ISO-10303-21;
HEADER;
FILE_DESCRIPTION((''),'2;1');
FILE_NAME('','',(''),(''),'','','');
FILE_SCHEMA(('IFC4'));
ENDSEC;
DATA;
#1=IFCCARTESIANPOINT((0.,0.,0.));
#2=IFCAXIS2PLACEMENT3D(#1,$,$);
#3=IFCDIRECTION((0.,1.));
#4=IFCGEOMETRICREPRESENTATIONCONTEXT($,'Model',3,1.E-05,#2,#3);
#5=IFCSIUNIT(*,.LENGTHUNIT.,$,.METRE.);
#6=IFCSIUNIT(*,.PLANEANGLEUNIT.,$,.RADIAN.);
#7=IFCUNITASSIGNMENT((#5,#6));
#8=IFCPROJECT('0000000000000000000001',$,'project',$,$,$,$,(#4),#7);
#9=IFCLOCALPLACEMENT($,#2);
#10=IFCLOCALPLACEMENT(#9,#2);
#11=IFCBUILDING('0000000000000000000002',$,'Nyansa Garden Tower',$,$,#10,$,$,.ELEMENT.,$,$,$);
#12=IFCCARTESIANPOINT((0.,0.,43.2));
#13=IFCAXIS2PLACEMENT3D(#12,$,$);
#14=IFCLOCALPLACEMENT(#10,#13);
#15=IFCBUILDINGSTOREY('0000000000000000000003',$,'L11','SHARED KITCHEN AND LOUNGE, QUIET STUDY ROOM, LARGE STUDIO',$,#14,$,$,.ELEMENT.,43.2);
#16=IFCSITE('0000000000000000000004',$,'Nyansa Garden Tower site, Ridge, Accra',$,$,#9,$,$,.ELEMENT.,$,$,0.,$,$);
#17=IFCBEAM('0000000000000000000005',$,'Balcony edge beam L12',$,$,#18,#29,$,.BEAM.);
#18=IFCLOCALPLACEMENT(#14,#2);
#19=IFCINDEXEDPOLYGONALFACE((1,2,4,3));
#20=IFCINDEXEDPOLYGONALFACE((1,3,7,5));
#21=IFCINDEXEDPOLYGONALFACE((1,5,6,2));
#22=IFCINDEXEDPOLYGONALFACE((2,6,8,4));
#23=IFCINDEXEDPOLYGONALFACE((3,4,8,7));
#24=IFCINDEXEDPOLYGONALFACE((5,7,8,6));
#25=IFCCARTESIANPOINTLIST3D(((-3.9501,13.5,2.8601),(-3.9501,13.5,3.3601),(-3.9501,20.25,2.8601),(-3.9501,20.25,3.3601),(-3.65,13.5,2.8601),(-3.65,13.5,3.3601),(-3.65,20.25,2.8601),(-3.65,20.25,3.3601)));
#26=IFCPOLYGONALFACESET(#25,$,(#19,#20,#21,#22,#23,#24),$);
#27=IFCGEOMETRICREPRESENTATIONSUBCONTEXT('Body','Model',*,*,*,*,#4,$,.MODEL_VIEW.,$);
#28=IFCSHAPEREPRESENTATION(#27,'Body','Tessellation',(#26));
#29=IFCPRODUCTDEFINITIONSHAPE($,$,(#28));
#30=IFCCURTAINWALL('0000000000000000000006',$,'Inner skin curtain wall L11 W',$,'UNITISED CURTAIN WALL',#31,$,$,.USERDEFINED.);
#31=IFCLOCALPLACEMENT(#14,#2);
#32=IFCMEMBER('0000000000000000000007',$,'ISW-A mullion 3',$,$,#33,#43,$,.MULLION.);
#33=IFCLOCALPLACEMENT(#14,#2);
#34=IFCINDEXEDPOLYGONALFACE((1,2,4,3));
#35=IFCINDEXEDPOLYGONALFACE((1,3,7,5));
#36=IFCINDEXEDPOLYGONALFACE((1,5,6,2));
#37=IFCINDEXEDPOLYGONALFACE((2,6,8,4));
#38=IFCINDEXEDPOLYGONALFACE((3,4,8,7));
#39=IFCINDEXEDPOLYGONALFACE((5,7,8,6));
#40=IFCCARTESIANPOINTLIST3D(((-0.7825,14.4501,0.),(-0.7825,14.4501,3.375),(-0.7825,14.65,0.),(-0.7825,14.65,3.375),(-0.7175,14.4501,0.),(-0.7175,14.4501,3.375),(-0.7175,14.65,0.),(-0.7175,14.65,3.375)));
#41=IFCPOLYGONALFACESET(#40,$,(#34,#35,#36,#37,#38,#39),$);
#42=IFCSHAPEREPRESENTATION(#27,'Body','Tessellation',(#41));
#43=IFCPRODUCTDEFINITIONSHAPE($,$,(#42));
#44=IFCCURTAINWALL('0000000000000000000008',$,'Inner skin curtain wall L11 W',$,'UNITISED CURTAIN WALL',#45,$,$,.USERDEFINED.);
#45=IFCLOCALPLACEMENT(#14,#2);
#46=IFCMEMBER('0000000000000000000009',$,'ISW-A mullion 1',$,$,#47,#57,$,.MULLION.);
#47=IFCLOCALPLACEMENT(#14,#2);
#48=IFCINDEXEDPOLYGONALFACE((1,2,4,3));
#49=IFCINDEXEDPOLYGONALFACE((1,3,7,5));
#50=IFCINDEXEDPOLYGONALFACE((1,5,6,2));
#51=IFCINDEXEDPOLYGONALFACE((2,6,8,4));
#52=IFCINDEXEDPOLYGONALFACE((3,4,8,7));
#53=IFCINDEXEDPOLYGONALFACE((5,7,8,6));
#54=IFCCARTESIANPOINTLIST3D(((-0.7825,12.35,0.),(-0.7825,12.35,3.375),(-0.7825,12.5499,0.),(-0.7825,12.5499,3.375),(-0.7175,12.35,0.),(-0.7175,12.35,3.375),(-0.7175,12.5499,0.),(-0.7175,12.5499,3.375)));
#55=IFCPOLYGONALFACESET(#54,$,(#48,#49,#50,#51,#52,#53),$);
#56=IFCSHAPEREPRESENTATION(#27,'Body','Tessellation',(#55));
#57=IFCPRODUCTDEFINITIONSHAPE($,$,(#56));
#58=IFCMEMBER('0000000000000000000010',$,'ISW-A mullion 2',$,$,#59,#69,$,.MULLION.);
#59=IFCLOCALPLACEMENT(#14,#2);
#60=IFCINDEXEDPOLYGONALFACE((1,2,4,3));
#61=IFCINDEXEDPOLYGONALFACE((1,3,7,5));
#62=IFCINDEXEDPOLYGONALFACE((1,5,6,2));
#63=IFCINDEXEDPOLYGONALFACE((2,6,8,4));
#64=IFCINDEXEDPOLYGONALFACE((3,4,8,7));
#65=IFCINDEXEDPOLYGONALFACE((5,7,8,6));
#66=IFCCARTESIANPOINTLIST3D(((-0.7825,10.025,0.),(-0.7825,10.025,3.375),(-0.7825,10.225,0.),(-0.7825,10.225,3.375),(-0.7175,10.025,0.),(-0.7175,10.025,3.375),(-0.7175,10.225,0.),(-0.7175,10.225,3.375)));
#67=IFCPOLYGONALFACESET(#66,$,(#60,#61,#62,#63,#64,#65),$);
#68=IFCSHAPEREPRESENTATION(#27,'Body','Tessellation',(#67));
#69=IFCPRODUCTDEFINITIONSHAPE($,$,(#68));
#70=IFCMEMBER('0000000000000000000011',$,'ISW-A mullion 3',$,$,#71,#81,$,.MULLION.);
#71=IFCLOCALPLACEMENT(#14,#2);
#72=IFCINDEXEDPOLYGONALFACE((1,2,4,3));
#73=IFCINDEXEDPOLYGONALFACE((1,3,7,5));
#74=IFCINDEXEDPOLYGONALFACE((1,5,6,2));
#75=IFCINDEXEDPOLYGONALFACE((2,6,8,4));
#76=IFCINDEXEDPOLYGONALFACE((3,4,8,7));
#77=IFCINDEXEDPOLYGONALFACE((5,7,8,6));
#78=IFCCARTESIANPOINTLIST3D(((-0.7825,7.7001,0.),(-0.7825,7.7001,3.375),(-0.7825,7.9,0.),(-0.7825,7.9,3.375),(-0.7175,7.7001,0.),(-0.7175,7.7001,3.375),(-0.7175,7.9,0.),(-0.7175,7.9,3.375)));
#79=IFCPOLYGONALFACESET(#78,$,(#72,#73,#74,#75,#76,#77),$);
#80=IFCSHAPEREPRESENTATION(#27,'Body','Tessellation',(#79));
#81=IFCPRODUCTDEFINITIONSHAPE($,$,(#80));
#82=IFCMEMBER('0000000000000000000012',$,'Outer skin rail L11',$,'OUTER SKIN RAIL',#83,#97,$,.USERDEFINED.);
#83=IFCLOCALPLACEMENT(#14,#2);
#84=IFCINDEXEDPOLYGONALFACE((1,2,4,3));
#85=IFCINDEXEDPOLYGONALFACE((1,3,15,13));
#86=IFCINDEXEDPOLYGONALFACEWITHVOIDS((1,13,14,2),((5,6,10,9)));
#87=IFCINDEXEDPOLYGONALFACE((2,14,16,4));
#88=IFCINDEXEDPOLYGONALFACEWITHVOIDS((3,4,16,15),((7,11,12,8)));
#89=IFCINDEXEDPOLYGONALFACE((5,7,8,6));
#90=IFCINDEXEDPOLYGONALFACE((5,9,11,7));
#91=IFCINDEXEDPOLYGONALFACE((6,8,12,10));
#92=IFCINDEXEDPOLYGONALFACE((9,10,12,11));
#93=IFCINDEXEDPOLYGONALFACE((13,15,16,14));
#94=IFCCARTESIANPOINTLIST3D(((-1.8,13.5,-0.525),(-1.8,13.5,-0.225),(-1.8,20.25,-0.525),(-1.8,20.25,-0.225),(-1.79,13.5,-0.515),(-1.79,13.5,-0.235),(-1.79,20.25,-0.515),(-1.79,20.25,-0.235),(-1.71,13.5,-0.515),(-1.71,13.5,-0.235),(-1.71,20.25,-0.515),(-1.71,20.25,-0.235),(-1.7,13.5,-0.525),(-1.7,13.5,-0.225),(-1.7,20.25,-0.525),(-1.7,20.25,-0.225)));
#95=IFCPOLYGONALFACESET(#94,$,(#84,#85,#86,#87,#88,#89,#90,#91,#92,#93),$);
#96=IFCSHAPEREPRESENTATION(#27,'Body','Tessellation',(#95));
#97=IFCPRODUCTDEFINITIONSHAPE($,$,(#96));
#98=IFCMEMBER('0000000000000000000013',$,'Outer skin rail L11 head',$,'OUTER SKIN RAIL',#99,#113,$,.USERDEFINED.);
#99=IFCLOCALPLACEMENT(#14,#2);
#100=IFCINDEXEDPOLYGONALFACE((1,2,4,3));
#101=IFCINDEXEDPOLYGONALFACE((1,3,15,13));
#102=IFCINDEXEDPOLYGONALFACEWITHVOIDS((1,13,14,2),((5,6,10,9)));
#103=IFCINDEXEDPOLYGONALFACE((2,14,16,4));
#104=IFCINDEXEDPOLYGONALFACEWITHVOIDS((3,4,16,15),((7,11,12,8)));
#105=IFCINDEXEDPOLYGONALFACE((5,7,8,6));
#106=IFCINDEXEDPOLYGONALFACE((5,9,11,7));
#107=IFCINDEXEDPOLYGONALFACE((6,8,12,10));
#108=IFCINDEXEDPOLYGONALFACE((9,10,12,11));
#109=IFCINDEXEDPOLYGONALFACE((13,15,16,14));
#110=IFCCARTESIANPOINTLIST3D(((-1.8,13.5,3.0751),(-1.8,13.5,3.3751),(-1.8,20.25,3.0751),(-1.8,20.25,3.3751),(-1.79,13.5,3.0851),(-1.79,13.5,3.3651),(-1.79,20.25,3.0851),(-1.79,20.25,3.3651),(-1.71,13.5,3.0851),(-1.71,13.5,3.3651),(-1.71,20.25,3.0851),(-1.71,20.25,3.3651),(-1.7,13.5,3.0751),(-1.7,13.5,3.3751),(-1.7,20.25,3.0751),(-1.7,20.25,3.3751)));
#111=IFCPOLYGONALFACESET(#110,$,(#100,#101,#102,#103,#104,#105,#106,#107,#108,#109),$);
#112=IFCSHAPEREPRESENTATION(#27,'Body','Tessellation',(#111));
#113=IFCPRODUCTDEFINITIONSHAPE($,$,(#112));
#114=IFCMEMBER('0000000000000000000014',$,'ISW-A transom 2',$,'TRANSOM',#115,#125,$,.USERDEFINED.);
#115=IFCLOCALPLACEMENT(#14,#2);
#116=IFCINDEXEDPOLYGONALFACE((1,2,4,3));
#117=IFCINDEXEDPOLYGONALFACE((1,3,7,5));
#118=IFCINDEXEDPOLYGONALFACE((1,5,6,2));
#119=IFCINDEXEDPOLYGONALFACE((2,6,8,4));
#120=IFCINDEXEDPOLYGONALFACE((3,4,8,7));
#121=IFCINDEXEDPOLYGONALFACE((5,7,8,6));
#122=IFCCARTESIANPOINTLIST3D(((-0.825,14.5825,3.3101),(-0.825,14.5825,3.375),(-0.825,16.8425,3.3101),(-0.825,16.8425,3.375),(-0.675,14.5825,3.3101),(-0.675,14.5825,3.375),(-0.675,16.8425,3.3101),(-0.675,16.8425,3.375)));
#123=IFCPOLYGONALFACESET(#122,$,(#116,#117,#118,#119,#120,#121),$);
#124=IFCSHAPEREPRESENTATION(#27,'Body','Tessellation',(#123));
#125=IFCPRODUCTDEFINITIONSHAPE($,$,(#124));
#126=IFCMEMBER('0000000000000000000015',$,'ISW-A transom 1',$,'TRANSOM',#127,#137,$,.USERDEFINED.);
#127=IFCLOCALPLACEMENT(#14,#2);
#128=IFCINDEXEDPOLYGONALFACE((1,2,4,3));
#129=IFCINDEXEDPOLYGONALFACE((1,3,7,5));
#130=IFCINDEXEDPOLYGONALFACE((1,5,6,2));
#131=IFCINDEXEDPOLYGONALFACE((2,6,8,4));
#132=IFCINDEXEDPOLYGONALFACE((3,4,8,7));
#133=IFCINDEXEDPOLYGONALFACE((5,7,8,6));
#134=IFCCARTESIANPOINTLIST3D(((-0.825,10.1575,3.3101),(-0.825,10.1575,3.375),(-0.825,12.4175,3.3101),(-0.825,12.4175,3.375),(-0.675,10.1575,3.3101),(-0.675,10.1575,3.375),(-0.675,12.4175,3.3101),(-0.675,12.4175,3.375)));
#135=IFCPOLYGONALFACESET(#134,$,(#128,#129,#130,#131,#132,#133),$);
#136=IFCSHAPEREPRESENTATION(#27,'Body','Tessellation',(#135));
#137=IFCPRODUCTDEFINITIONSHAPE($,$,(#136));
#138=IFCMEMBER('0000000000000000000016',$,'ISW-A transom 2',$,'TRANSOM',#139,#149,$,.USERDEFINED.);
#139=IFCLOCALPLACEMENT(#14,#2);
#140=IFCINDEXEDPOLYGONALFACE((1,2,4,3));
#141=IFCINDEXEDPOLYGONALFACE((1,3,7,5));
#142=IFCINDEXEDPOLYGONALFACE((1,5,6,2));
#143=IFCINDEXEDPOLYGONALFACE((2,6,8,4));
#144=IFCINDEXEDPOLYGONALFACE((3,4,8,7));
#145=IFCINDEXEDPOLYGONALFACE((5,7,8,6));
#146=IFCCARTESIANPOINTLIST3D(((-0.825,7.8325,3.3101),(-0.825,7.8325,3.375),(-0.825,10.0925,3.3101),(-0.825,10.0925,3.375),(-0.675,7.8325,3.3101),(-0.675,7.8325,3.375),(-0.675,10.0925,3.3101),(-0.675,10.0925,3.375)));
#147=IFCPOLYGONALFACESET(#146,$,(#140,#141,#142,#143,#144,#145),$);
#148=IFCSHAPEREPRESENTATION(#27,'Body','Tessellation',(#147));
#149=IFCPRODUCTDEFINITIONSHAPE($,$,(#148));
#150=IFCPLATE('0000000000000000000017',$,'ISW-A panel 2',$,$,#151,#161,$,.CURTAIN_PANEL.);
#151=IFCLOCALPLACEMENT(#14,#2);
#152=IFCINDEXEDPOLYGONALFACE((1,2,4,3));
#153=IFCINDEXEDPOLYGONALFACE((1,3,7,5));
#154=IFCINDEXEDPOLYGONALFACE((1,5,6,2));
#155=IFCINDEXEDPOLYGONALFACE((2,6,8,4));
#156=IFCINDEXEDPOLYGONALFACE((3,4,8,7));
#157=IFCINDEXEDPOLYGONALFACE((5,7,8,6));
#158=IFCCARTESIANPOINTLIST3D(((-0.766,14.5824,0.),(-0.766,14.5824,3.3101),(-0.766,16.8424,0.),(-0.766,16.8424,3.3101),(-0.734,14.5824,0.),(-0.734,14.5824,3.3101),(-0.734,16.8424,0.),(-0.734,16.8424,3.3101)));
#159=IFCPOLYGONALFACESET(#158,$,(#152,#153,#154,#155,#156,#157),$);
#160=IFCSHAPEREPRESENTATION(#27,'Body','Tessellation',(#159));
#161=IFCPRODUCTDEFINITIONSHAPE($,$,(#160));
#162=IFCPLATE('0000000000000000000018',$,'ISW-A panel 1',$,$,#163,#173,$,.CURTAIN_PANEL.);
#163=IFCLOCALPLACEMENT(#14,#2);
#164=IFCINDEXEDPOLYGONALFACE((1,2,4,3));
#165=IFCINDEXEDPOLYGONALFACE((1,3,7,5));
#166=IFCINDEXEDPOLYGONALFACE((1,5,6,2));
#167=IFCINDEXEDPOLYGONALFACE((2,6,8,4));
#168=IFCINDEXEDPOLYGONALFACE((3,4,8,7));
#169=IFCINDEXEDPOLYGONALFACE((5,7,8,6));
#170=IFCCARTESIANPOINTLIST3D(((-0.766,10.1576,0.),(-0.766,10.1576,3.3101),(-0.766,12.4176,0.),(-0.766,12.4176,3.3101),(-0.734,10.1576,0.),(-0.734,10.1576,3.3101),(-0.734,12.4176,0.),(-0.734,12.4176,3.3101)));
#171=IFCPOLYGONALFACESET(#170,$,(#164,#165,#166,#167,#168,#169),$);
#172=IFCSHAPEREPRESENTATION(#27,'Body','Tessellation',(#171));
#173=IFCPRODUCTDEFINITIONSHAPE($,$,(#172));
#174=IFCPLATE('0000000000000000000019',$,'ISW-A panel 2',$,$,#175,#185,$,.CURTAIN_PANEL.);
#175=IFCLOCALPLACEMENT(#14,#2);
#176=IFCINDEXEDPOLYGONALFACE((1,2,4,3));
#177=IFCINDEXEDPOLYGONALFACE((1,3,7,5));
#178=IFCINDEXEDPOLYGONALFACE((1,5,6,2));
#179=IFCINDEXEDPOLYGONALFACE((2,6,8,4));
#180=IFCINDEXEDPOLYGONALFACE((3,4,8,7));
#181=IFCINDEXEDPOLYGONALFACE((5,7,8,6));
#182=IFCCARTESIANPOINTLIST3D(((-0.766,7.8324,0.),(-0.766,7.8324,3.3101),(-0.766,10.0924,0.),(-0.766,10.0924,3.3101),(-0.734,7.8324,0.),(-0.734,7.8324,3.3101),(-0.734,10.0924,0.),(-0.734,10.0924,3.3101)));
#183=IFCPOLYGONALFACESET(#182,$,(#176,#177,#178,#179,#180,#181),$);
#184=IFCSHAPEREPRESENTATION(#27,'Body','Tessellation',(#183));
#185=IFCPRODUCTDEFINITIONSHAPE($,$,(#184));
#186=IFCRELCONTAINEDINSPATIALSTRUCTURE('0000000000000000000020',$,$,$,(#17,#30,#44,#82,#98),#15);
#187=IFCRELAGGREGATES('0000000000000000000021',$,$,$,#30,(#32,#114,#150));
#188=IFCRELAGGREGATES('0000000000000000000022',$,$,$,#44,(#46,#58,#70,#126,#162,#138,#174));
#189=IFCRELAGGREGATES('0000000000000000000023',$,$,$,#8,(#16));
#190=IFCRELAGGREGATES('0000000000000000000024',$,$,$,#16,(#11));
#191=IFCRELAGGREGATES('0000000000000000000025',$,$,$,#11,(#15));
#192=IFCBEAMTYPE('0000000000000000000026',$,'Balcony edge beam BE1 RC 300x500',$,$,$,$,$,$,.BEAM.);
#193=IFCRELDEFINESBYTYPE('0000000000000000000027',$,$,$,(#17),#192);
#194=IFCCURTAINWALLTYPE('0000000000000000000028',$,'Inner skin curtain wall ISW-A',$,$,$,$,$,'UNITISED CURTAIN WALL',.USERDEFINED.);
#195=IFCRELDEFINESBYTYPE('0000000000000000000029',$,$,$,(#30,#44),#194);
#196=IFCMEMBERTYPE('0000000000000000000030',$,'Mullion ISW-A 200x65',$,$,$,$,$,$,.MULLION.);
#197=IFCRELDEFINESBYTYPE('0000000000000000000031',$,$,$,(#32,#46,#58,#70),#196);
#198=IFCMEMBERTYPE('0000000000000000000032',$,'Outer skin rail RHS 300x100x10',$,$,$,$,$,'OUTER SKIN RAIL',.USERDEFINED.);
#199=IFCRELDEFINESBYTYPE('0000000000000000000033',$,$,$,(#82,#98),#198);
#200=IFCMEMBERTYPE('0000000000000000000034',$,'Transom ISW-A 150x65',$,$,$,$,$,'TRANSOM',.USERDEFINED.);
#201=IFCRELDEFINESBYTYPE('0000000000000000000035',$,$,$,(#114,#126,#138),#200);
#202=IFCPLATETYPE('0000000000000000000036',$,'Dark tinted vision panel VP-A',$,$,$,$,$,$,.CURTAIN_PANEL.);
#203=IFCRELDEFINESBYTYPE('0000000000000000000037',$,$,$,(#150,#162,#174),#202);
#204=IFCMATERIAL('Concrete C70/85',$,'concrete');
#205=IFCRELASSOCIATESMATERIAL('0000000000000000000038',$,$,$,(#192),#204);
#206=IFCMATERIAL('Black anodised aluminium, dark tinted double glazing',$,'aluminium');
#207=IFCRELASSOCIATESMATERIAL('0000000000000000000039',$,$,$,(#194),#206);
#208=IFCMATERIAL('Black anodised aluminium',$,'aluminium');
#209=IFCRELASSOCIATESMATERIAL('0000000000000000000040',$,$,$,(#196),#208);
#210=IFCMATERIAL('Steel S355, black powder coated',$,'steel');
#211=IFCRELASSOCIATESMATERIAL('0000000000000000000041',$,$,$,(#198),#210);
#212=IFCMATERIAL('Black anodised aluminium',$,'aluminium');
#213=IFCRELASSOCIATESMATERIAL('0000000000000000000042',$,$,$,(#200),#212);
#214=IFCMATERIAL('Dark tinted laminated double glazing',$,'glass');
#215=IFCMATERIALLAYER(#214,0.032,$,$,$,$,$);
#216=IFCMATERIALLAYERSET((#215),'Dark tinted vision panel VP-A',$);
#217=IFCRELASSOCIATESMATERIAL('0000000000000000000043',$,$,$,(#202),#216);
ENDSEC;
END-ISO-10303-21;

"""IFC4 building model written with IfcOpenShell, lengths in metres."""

from ifc_helpers import new_model, si_unit, direction, frame, origin, origin_2d, place, context, subcontext, project, spatial, rectangle, hollow_rectangle, extrude, material, layer, layer_set, material_profile, profile_set, type_object, element, aggregate, save


model = new_model("IFC4")

# Units and contexts
model_context = context("Model", 3, precision=1e-05, world=origin(), true_north=direction((0.0, 1.0)))
body_context = subcontext(model_context, "Body", "Model", "MODEL_VIEW")
ifc_project = project(units=[si_unit("LENGTHUNIT", "METRE"), si_unit("PLANEANGLEUNIT", "RADIAN")], contexts=[model_context])

# Site, building, storey
site_placement = place(None, origin())
site = spatial("IfcSite", under=ifc_project, at=site_placement, Name="Nyansa Garden Tower site, Ridge, Accra", CompositionType="ELEMENT", RefElevation=0.0)
building_placement = place(site_placement, origin())
building = spatial("IfcBuilding", under=site, at=building_placement, Name="Nyansa Garden Tower", CompositionType="ELEMENT")
storey_placement = place(building_placement, frame((0.0, 0.0, 43.2)))
storey = spatial("IfcBuildingStorey", under=building, at=storey_placement, Name="L11", Description="SHARED KITCHEN AND LOUNGE, QUIET STUDY ROOM, LARGE STUDIO", CompositionType="ELEMENT", Elevation=43.2)

# Beam
ifc_material_1 = material(Name="Concrete C70/85", Category="concrete")
ifc_material_profile_1 = material_profile(ifc_material_1, rectangle(XDim=0.3, YDim=0.5, at=origin_2d()), Name="RC 300x500")
ifc_profile_set_1 = profile_set([ifc_material_profile_1], Name="Concrete C70/85")
beam_type = type_object("IfcBeamType", Name="Balcony edge beam BE1 RC 300x500", PredefinedType="BEAM", material=ifc_profile_set_1)
beam_placement = place(storey_placement, frame((-3.8, 13.5, 3.1101), z_axis=(0.0, 1.0, 0.0), x_axis=(-1.0, 0.0, 0.0)))
element("IfcBeam", 1, at=beam_placement, inside=storey, type_object=beam_type, Name="Balcony edge beam L12", PredefinedType="BEAM", context=body_context, shape_type="SweptSolid", body=[
    extrude(rectangle(XDim=0.3, YDim=0.5, at=origin_2d()), origin(), (0.0, 0.0, 1.0), 6.75),
])

# Curtain wall, member
ifc_material_2 = material(Name="Black anodised aluminium, dark tinted double glazing", Category="aluminium")
curtain_wall_type = type_object("IfcCurtainWallType", Name="Inner skin curtain wall ISW-A", ElementType="UNITISED CURTAIN WALL", PredefinedType="USERDEFINED", material=ifc_material_2)
curtain_wall_1_placement = place(storey_placement, origin())
curtain_wall_1 = element("IfcCurtainWall", 2, at=curtain_wall_1_placement, inside=storey, type_object=curtain_wall_type, Name="Inner skin curtain wall L11 W", ObjectType="UNITISED CURTAIN WALL", PredefinedType="USERDEFINED")
ifc_material_3 = material(Name="Black anodised aluminium", Category="aluminium")
ifc_material_profile_2 = material_profile(ifc_material_3, rectangle(XDim=0.0649, YDim=0.2, at=origin_2d()), Name="Mullion 200x65")
ifc_profile_set_2 = profile_set([ifc_material_profile_2], Name="Black anodised aluminium")
member_type_1 = type_object("IfcMemberType", Name="Mullion ISW-A 200x65", PredefinedType="MULLION", material=ifc_profile_set_2)
member_1_placement = place(storey_placement, frame((-0.75, 14.55, 0.0), z_axis=(0.0, 0.0, 1.0), x_axis=(1.0, 0.0, 0.0)))
member_1 = element("IfcMember", 3, at=member_1_placement, type_object=member_type_1, Name="ISW-A mullion 3", PredefinedType="MULLION", context=body_context, shape_type="SweptSolid", body=[
    extrude(rectangle(XDim=0.0649, YDim=0.2, at=origin_2d()), origin(), (0.0, 0.0, 1.0), 3.375),
])

# Curtain wall, members
curtain_wall_2_placement = place(storey_placement, origin())
curtain_wall_2 = element("IfcCurtainWall", 4, at=curtain_wall_2_placement, inside=storey, type_object=curtain_wall_type, Name="Inner skin curtain wall L11 W", ObjectType="UNITISED CURTAIN WALL", PredefinedType="USERDEFINED")
member_2_placement = place(storey_placement, frame((-0.75, 12.45, 0.0), z_axis=(0.0, 0.0, 1.0), x_axis=(1.0, 0.0, 0.0)))
member_2 = element("IfcMember", 5, at=member_2_placement, type_object=member_type_1, Name="ISW-A mullion 1", PredefinedType="MULLION", context=body_context, shape_type="SweptSolid", body=[
    extrude(rectangle(XDim=0.0649, YDim=0.2, at=origin_2d()), origin(), (0.0, 0.0, 1.0), 3.375),
])
member_3_placement = place(storey_placement, frame((-0.75, 10.125, 0.0), z_axis=(0.0, 0.0, 1.0), x_axis=(1.0, 0.0, 0.0)))
member_3 = element("IfcMember", 6, at=member_3_placement, type_object=member_type_1, Name="ISW-A mullion 2", PredefinedType="MULLION", context=body_context, shape_type="SweptSolid", body=[
    extrude(rectangle(XDim=0.0649, YDim=0.2, at=origin_2d()), origin(), (0.0, 0.0, 1.0), 3.375),
])
member_4_placement = place(storey_placement, frame((-0.75, 7.8, 0.0), z_axis=(0.0, 0.0, 1.0), x_axis=(1.0, 0.0, 0.0)))
member_4 = element("IfcMember", 7, at=member_4_placement, type_object=member_type_1, Name="ISW-A mullion 3", PredefinedType="MULLION", context=body_context, shape_type="SweptSolid", body=[
    extrude(rectangle(XDim=0.0649, YDim=0.2, at=origin_2d()), origin(), (0.0, 0.0, 1.0), 3.375),
])

# Members
ifc_material_4 = material(Name="Steel S355, black powder coated", Category="steel")
ifc_material_profile_3 = material_profile(ifc_material_4, hollow_rectangle(XDim=0.1001, YDim=0.3, WallThickness=0.01, at=origin_2d()), Name="RHS 300x100x10")
ifc_profile_set_3 = profile_set([ifc_material_profile_3], Name="Steel S355, black powder coated")
member_type_2 = type_object("IfcMemberType", Name="Outer skin rail RHS 300x100x10", ElementType="OUTER SKIN RAIL", PredefinedType="USERDEFINED", material=ifc_profile_set_3)
for number, where, z_axis, x_axis, name in (
    (8, (-1.75, 13.5, -0.375), (0.0, 1.0, 0.0), (-1.0, 0.0, 0.0), "Outer skin rail L11"),
    (9, (-1.75, 13.5, 3.2251), (0.0, 1.0, 0.0), (-1.0, 0.0, 0.0), "Outer skin rail L11 head"),
):
    element("IfcMember", number, at=place(storey_placement, frame(where, z_axis=z_axis, x_axis=x_axis)), inside=storey, type_object=member_type_2, Name=name, ObjectType="OUTER SKIN RAIL", PredefinedType="USERDEFINED", context=body_context, shape_type="SweptSolid", body=[
        extrude(hollow_rectangle(XDim=0.1001, YDim=0.3, WallThickness=0.01, at=origin_2d()), origin(), (0.0, 0.0, 1.0), 6.75),
    ])

# Members
ifc_material_5 = material(Name="Black anodised aluminium", Category="aluminium")
ifc_material_profile_4 = material_profile(ifc_material_5, rectangle(XDim=0.1499, YDim=0.0649, at=origin_2d()), Name="Transom 150x65")
ifc_profile_set_4 = profile_set([ifc_material_profile_4], Name="Black anodised aluminium")
member_type_3 = type_object("IfcMemberType", Name="Transom ISW-A 150x65", ElementType="TRANSOM", PredefinedType="USERDEFINED", material=ifc_profile_set_4)
member_5_placement = place(storey_placement, frame((-0.75, 16.8425, 3.3425), z_axis=(0.0, -1.0, 0.0), x_axis=(1.0, 0.0, 0.0)))
member_5 = element("IfcMember", 10, at=member_5_placement, type_object=member_type_3, Name="ISW-A transom 2", ObjectType="TRANSOM", PredefinedType="USERDEFINED", context=body_context, shape_type="SweptSolid", body=[
    extrude(rectangle(XDim=0.1499, YDim=0.0649, at=origin_2d()), origin(), (0.0, 0.0, 1.0), 2.26),
])
member_6_placement = place(storey_placement, frame((-0.75, 12.4175, 3.3425), z_axis=(0.0, -1.0, 0.0), x_axis=(1.0, 0.0, 0.0)))
member_6 = element("IfcMember", 11, at=member_6_placement, type_object=member_type_3, Name="ISW-A transom 1", ObjectType="TRANSOM", PredefinedType="USERDEFINED", context=body_context, shape_type="SweptSolid", body=[
    extrude(rectangle(XDim=0.1499, YDim=0.0649, at=origin_2d()), origin(), (0.0, 0.0, 1.0), 2.26),
])
member_7_placement = place(storey_placement, frame((-0.75, 10.0925, 3.3425), z_axis=(0.0, -1.0, 0.0), x_axis=(1.0, 0.0, 0.0)))
member_7 = element("IfcMember", 12, at=member_7_placement, type_object=member_type_3, Name="ISW-A transom 2", ObjectType="TRANSOM", PredefinedType="USERDEFINED", context=body_context, shape_type="SweptSolid", body=[
    extrude(rectangle(XDim=0.1499, YDim=0.0649, at=origin_2d()), origin(), (0.0, 0.0, 1.0), 2.26),
])

# Plates
ifc_material_6 = material(Name="Dark tinted laminated double glazing", Category="glass")
ifc_layer = layer(ifc_material_6, 0.032)
ifc_layer_set = layer_set([ifc_layer], Name="Dark tinted vision panel VP-A")
plate_type = type_object("IfcPlateType", Name="Dark tinted vision panel VP-A", PredefinedType="CURTAIN_PANEL", material=ifc_layer_set)
plate_1_placement = place(storey_placement, frame((-0.75, 15.7124, 0.0), z_axis=(0.0, 0.0, 1.0), x_axis=(0.0, -1.0, 0.0)))
plate_1 = element("IfcPlate", 13, at=plate_1_placement, type_object=plate_type, Name="ISW-A panel 2", PredefinedType="CURTAIN_PANEL", context=body_context, shape_type="SweptSolid", body=[
    extrude(rectangle(XDim=2.26, YDim=0.032, at=origin_2d()), origin(), (0.0, 0.0, 1.0), 3.3101),
])
aggregate(curtain_wall_1, [member_1, member_5, plate_1])
plate_2_placement = place(storey_placement, frame((-0.75, 11.2876, 0.0), z_axis=(0.0, 0.0, 1.0), x_axis=(0.0, -1.0, 0.0)))
plate_2 = element("IfcPlate", 14, at=plate_2_placement, type_object=plate_type, Name="ISW-A panel 1", PredefinedType="CURTAIN_PANEL", context=body_context, shape_type="SweptSolid", body=[
    extrude(rectangle(XDim=2.26, YDim=0.032, at=origin_2d()), origin(), (0.0, 0.0, 1.0), 3.3101),
])
plate_3_placement = place(storey_placement, frame((-0.75, 8.9624, 0.0), z_axis=(0.0, 0.0, 1.0), x_axis=(0.0, -1.0, 0.0)))
plate_3 = element("IfcPlate", 15, at=plate_3_placement, type_object=plate_type, Name="ISW-A panel 2", PredefinedType="CURTAIN_PANEL", context=body_context, shape_type="SweptSolid", body=[
    extrude(rectangle(XDim=2.26, YDim=0.032, at=origin_2d()), origin(), (0.0, 0.0, 1.0), 3.3101),
])
aggregate(curtain_wall_2, [member_2, member_3, member_4, member_6, plate_2, member_7, plate_3])

save(model, "model.ifc")
